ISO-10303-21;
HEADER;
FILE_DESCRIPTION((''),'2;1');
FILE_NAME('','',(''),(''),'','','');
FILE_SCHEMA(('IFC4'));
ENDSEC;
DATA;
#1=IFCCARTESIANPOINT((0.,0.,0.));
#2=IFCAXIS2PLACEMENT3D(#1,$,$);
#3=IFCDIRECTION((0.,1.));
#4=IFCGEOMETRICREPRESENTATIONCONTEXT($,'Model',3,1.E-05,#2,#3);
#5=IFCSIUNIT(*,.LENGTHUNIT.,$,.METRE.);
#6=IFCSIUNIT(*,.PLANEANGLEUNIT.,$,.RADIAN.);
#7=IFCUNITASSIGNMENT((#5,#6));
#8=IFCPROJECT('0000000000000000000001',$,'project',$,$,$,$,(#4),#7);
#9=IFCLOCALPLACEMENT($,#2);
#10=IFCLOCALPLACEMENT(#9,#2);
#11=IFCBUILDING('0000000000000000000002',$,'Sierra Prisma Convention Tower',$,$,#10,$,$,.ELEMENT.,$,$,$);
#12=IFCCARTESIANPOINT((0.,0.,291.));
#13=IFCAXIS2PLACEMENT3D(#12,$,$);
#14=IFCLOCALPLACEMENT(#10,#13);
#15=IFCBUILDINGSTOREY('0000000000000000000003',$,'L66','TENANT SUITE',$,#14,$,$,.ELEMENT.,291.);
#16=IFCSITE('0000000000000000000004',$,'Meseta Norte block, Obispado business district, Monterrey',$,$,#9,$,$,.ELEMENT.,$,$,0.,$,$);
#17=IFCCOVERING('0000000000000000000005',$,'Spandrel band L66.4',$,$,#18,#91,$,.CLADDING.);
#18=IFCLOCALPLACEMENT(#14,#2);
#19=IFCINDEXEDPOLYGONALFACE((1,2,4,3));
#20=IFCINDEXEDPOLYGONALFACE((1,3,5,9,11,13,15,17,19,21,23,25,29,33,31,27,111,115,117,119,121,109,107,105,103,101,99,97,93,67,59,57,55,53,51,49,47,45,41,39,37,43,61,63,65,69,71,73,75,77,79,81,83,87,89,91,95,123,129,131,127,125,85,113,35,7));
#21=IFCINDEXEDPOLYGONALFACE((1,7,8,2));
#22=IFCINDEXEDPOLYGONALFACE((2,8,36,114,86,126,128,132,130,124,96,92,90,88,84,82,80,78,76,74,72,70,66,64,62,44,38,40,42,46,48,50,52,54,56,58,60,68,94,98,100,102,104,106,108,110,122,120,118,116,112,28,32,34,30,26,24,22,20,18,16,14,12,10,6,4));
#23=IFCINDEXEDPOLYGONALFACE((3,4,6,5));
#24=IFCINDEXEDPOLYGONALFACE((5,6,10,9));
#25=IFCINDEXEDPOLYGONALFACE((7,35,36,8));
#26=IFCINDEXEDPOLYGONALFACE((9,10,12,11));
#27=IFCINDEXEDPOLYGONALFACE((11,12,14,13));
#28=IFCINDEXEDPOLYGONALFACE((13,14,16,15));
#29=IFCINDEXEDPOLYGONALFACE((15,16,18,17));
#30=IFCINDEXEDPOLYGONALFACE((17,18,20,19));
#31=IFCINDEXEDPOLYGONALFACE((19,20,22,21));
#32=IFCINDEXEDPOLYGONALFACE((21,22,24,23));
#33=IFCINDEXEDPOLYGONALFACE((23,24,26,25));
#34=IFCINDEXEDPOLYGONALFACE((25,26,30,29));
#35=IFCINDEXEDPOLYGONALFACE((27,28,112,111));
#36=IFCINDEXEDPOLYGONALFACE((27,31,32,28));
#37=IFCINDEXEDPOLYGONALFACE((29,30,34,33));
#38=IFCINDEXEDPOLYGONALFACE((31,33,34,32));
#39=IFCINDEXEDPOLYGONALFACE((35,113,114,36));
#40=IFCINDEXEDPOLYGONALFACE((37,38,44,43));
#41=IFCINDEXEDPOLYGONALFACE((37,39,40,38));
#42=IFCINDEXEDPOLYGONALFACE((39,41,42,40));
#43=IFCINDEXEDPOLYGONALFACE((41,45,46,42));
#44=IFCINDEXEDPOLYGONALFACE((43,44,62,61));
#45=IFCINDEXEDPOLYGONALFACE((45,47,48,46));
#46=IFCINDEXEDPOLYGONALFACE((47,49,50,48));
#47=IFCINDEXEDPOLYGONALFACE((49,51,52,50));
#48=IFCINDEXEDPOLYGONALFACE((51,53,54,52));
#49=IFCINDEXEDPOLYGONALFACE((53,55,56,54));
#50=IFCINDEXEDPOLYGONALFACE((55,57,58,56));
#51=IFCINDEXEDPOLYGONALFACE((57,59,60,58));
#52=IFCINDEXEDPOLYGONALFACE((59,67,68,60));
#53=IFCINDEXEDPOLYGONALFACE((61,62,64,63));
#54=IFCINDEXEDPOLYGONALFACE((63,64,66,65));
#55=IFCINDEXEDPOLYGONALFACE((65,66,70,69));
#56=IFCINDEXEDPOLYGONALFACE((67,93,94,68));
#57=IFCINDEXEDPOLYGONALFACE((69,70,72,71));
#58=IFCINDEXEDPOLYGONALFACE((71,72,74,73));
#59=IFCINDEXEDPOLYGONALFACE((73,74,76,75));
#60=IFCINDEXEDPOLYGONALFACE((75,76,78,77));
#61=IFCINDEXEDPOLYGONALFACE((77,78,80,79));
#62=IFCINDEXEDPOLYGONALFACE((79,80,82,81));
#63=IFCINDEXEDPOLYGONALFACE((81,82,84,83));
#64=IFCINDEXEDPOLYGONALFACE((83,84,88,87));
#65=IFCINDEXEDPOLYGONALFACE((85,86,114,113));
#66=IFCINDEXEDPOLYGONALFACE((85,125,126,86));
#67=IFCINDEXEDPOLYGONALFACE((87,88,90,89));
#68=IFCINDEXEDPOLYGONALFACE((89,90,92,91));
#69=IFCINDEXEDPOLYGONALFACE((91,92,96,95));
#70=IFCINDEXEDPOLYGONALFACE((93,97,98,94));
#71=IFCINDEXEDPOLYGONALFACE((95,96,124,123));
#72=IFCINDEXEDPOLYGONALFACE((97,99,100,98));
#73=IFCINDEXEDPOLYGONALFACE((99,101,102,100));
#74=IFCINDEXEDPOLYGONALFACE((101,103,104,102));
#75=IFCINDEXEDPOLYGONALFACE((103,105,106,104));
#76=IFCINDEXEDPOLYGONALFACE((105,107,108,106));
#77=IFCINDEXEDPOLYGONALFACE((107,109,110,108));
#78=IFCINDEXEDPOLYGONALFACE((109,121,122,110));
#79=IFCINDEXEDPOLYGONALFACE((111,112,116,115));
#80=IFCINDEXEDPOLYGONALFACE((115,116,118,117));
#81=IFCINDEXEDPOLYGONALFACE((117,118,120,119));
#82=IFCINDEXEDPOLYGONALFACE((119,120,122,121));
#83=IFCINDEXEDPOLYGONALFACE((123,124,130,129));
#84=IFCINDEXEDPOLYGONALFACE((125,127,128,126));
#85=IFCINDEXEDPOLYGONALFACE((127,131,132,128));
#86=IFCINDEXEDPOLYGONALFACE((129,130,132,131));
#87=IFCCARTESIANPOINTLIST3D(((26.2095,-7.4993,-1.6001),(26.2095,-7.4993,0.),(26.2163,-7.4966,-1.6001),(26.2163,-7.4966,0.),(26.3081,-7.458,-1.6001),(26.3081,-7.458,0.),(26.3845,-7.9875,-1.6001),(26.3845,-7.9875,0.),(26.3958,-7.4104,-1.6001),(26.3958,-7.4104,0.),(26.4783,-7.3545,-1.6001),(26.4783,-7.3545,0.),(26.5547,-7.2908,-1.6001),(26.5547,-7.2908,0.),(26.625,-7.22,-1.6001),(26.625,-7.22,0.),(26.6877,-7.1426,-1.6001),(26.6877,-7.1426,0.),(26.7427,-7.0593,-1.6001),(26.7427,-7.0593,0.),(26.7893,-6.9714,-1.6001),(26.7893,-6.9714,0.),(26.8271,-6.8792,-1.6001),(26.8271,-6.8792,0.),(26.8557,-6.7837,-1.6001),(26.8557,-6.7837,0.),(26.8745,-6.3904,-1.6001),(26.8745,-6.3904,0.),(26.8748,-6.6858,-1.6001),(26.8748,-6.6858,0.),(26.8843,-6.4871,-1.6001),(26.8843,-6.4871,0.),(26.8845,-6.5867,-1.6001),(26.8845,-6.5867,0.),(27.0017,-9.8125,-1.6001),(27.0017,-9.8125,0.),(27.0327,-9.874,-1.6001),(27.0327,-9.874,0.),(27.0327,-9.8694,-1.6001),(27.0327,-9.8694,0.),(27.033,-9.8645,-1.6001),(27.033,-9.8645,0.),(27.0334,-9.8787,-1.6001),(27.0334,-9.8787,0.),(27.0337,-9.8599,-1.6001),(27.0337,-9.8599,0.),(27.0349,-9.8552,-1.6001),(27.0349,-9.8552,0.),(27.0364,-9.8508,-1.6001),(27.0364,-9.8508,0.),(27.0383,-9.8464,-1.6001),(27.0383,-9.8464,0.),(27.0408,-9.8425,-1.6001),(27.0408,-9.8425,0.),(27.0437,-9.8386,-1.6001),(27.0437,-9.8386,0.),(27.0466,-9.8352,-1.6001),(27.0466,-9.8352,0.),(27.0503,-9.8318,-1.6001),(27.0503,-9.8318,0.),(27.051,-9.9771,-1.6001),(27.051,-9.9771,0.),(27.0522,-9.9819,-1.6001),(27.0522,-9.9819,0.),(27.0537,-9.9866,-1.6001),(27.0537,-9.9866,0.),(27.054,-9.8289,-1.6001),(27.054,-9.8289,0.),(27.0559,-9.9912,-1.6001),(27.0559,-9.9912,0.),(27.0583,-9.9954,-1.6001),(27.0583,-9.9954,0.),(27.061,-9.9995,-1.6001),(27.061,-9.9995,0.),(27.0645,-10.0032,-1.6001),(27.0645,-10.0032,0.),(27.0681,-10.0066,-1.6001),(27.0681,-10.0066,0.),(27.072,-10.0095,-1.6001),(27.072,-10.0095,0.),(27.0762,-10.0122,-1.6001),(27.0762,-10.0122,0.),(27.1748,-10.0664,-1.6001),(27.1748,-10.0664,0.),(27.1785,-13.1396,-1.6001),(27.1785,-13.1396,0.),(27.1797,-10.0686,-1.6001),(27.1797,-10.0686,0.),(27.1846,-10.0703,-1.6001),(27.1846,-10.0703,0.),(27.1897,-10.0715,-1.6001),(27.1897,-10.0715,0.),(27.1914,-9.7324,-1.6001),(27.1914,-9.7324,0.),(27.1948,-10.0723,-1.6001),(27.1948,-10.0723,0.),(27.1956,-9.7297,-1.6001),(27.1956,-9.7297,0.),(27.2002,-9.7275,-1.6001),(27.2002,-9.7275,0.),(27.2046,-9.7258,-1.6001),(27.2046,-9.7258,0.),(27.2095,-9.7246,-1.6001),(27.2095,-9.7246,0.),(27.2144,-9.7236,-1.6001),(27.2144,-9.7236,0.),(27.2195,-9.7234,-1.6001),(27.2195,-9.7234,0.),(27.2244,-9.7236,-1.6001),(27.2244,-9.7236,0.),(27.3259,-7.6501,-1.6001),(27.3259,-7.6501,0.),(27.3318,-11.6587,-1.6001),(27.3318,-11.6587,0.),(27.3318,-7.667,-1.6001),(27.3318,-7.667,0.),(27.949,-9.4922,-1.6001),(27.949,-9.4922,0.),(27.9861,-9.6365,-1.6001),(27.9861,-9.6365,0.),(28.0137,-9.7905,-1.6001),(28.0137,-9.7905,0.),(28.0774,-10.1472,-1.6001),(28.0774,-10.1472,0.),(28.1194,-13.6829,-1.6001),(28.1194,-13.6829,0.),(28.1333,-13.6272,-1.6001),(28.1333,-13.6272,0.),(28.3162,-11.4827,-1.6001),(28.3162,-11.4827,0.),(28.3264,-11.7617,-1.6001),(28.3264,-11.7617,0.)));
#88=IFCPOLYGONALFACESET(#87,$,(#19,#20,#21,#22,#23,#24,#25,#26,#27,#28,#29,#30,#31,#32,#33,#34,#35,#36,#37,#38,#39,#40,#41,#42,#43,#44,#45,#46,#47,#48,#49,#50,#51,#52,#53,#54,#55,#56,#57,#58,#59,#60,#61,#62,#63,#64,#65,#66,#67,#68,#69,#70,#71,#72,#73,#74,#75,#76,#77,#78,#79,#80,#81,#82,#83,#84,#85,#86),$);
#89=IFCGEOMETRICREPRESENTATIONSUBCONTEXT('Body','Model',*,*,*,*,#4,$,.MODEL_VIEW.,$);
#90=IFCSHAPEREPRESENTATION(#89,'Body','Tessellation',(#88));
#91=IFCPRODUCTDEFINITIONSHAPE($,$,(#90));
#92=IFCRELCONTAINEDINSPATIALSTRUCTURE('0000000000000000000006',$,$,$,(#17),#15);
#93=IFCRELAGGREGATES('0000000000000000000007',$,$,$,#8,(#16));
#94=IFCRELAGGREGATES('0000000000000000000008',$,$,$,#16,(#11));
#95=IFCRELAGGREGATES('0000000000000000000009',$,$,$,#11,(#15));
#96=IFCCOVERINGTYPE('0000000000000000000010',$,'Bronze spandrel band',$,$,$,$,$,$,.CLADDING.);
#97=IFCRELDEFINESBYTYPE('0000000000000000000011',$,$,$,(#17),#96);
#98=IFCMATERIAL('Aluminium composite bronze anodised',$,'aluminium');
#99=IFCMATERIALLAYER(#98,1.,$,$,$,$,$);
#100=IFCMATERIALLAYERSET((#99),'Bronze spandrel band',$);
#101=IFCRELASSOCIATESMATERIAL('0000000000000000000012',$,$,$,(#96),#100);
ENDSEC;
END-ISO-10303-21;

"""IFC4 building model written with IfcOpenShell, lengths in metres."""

from ifc_helpers import new_model, si_unit, direction, frame, origin, place, context, subcontext, project, spatial, polyline, outline, extrude, material, layer, layer_set, type_object, element, save


model = new_model("IFC4")

# Units and contexts
model_context = context("Model", 3, precision=1e-05, world=origin(), true_north=direction((0.0, 1.0)))
body_context = subcontext(model_context, "Body", "Model", "MODEL_VIEW")
ifc_project = project(units=[si_unit("LENGTHUNIT", "METRE"), si_unit("PLANEANGLEUNIT", "RADIAN")], contexts=[model_context])

# Site, building, storey
site_placement = place(None, origin())
site = spatial("IfcSite", under=ifc_project, at=site_placement, Name="Meseta Norte block, Obispado business district, Monterrey", CompositionType="ELEMENT", RefElevation=0.0)
building_placement = place(site_placement, origin())
building = spatial("IfcBuilding", under=site, at=building_placement, Name="Sierra Prisma Convention Tower", CompositionType="ELEMENT")
storey_placement = place(building_placement, frame((0.0, 0.0, 291.0)))
storey = spatial("IfcBuildingStorey", under=building, at=storey_placement, Name="L66", Description="TENANT SUITE", CompositionType="ELEMENT", Elevation=291.0)

# Covering
ifc_material_1 = material(Name="Aluminium composite bronze anodised", Category="aluminium")
ifc_layer_1 = layer(ifc_material_1, 1.0)
ifc_layer_set_1 = layer_set([ifc_layer_1], Name="Bronze spandrel band")
covering_type_1 = type_object("IfcCoveringType", Name="Bronze spandrel band", PredefinedType="CLADDING", material=ifc_layer_set_1)
covering_1_placement = place(storey_placement, frame((0.0, 0.0, -1.6001)))
element("IfcCovering", 1, at=covering_1_placement, inside=storey, type_object=covering_type_1, Name="Spandrel band L66.4", PredefinedType="CLADDING", context=body_context, shape_type="SweptSolid", body=[
    extrude(outline(polyline([(27.3259, -7.6501), (27.3318, -7.667), (27.949, -9.4922), (27.9861, -9.6365), (28.0137, -9.7905), (27.2244, -9.7236), (27.2195, -9.7234), (27.2144, -9.7236), (27.2095, -9.7246), (27.2046, -9.7258), (27.2002, -9.7275), (27.1956, -9.7297), (27.1914, -9.7324), (27.054, -9.8289), (27.0503, -9.8318), (27.0466, -9.8352), (27.0437, -9.8386), (27.0408, -9.8425), (27.0383, -9.8464), (27.0364, -9.8508), (27.0349, -9.8552), (27.0337, -9.8599), (27.033, -9.8645), (27.0327, -9.8694), (27.0327, -9.874), (27.0334, -9.8787), (27.051, -9.9771), (27.0522, -9.9819), (27.0537, -9.9866), (27.0559, -9.9912), (27.0583, -9.9954), (27.061, -9.9995), (27.0645, -10.0032), (27.0681, -10.0066), (27.072, -10.0095), (27.0762, -10.0122), (27.1748, -10.0664), (27.1797, -10.0686), (27.1846, -10.0703), (27.1897, -10.0715), (27.1948, -10.0723), (28.0774, -10.1472), (28.3162, -11.4827), (28.3264, -11.7617), (28.1333, -13.6272), (28.1194, -13.6829), (27.1785, -13.1396), (27.3318, -11.6587), (27.0017, -9.8125), (26.3845, -7.9875), (26.2095, -7.4993), (26.2163, -7.4966), (26.3081, -7.458), (26.3958, -7.4104), (26.4783, -7.3545), (26.5547, -7.2908), (26.625, -7.22), (26.6877, -7.1426), (26.7427, -7.0593), (26.7893, -6.9714), (26.8271, -6.8792), (26.8557, -6.7837), (26.8748, -6.6858), (26.8845, -6.5867), (26.8843, -6.4871), (26.8745, -6.3904), (27.3259, -7.6501)])), origin(), (0.0, 0.0, 1.0), 1.6001),
])

save(model, "model.ifc")
